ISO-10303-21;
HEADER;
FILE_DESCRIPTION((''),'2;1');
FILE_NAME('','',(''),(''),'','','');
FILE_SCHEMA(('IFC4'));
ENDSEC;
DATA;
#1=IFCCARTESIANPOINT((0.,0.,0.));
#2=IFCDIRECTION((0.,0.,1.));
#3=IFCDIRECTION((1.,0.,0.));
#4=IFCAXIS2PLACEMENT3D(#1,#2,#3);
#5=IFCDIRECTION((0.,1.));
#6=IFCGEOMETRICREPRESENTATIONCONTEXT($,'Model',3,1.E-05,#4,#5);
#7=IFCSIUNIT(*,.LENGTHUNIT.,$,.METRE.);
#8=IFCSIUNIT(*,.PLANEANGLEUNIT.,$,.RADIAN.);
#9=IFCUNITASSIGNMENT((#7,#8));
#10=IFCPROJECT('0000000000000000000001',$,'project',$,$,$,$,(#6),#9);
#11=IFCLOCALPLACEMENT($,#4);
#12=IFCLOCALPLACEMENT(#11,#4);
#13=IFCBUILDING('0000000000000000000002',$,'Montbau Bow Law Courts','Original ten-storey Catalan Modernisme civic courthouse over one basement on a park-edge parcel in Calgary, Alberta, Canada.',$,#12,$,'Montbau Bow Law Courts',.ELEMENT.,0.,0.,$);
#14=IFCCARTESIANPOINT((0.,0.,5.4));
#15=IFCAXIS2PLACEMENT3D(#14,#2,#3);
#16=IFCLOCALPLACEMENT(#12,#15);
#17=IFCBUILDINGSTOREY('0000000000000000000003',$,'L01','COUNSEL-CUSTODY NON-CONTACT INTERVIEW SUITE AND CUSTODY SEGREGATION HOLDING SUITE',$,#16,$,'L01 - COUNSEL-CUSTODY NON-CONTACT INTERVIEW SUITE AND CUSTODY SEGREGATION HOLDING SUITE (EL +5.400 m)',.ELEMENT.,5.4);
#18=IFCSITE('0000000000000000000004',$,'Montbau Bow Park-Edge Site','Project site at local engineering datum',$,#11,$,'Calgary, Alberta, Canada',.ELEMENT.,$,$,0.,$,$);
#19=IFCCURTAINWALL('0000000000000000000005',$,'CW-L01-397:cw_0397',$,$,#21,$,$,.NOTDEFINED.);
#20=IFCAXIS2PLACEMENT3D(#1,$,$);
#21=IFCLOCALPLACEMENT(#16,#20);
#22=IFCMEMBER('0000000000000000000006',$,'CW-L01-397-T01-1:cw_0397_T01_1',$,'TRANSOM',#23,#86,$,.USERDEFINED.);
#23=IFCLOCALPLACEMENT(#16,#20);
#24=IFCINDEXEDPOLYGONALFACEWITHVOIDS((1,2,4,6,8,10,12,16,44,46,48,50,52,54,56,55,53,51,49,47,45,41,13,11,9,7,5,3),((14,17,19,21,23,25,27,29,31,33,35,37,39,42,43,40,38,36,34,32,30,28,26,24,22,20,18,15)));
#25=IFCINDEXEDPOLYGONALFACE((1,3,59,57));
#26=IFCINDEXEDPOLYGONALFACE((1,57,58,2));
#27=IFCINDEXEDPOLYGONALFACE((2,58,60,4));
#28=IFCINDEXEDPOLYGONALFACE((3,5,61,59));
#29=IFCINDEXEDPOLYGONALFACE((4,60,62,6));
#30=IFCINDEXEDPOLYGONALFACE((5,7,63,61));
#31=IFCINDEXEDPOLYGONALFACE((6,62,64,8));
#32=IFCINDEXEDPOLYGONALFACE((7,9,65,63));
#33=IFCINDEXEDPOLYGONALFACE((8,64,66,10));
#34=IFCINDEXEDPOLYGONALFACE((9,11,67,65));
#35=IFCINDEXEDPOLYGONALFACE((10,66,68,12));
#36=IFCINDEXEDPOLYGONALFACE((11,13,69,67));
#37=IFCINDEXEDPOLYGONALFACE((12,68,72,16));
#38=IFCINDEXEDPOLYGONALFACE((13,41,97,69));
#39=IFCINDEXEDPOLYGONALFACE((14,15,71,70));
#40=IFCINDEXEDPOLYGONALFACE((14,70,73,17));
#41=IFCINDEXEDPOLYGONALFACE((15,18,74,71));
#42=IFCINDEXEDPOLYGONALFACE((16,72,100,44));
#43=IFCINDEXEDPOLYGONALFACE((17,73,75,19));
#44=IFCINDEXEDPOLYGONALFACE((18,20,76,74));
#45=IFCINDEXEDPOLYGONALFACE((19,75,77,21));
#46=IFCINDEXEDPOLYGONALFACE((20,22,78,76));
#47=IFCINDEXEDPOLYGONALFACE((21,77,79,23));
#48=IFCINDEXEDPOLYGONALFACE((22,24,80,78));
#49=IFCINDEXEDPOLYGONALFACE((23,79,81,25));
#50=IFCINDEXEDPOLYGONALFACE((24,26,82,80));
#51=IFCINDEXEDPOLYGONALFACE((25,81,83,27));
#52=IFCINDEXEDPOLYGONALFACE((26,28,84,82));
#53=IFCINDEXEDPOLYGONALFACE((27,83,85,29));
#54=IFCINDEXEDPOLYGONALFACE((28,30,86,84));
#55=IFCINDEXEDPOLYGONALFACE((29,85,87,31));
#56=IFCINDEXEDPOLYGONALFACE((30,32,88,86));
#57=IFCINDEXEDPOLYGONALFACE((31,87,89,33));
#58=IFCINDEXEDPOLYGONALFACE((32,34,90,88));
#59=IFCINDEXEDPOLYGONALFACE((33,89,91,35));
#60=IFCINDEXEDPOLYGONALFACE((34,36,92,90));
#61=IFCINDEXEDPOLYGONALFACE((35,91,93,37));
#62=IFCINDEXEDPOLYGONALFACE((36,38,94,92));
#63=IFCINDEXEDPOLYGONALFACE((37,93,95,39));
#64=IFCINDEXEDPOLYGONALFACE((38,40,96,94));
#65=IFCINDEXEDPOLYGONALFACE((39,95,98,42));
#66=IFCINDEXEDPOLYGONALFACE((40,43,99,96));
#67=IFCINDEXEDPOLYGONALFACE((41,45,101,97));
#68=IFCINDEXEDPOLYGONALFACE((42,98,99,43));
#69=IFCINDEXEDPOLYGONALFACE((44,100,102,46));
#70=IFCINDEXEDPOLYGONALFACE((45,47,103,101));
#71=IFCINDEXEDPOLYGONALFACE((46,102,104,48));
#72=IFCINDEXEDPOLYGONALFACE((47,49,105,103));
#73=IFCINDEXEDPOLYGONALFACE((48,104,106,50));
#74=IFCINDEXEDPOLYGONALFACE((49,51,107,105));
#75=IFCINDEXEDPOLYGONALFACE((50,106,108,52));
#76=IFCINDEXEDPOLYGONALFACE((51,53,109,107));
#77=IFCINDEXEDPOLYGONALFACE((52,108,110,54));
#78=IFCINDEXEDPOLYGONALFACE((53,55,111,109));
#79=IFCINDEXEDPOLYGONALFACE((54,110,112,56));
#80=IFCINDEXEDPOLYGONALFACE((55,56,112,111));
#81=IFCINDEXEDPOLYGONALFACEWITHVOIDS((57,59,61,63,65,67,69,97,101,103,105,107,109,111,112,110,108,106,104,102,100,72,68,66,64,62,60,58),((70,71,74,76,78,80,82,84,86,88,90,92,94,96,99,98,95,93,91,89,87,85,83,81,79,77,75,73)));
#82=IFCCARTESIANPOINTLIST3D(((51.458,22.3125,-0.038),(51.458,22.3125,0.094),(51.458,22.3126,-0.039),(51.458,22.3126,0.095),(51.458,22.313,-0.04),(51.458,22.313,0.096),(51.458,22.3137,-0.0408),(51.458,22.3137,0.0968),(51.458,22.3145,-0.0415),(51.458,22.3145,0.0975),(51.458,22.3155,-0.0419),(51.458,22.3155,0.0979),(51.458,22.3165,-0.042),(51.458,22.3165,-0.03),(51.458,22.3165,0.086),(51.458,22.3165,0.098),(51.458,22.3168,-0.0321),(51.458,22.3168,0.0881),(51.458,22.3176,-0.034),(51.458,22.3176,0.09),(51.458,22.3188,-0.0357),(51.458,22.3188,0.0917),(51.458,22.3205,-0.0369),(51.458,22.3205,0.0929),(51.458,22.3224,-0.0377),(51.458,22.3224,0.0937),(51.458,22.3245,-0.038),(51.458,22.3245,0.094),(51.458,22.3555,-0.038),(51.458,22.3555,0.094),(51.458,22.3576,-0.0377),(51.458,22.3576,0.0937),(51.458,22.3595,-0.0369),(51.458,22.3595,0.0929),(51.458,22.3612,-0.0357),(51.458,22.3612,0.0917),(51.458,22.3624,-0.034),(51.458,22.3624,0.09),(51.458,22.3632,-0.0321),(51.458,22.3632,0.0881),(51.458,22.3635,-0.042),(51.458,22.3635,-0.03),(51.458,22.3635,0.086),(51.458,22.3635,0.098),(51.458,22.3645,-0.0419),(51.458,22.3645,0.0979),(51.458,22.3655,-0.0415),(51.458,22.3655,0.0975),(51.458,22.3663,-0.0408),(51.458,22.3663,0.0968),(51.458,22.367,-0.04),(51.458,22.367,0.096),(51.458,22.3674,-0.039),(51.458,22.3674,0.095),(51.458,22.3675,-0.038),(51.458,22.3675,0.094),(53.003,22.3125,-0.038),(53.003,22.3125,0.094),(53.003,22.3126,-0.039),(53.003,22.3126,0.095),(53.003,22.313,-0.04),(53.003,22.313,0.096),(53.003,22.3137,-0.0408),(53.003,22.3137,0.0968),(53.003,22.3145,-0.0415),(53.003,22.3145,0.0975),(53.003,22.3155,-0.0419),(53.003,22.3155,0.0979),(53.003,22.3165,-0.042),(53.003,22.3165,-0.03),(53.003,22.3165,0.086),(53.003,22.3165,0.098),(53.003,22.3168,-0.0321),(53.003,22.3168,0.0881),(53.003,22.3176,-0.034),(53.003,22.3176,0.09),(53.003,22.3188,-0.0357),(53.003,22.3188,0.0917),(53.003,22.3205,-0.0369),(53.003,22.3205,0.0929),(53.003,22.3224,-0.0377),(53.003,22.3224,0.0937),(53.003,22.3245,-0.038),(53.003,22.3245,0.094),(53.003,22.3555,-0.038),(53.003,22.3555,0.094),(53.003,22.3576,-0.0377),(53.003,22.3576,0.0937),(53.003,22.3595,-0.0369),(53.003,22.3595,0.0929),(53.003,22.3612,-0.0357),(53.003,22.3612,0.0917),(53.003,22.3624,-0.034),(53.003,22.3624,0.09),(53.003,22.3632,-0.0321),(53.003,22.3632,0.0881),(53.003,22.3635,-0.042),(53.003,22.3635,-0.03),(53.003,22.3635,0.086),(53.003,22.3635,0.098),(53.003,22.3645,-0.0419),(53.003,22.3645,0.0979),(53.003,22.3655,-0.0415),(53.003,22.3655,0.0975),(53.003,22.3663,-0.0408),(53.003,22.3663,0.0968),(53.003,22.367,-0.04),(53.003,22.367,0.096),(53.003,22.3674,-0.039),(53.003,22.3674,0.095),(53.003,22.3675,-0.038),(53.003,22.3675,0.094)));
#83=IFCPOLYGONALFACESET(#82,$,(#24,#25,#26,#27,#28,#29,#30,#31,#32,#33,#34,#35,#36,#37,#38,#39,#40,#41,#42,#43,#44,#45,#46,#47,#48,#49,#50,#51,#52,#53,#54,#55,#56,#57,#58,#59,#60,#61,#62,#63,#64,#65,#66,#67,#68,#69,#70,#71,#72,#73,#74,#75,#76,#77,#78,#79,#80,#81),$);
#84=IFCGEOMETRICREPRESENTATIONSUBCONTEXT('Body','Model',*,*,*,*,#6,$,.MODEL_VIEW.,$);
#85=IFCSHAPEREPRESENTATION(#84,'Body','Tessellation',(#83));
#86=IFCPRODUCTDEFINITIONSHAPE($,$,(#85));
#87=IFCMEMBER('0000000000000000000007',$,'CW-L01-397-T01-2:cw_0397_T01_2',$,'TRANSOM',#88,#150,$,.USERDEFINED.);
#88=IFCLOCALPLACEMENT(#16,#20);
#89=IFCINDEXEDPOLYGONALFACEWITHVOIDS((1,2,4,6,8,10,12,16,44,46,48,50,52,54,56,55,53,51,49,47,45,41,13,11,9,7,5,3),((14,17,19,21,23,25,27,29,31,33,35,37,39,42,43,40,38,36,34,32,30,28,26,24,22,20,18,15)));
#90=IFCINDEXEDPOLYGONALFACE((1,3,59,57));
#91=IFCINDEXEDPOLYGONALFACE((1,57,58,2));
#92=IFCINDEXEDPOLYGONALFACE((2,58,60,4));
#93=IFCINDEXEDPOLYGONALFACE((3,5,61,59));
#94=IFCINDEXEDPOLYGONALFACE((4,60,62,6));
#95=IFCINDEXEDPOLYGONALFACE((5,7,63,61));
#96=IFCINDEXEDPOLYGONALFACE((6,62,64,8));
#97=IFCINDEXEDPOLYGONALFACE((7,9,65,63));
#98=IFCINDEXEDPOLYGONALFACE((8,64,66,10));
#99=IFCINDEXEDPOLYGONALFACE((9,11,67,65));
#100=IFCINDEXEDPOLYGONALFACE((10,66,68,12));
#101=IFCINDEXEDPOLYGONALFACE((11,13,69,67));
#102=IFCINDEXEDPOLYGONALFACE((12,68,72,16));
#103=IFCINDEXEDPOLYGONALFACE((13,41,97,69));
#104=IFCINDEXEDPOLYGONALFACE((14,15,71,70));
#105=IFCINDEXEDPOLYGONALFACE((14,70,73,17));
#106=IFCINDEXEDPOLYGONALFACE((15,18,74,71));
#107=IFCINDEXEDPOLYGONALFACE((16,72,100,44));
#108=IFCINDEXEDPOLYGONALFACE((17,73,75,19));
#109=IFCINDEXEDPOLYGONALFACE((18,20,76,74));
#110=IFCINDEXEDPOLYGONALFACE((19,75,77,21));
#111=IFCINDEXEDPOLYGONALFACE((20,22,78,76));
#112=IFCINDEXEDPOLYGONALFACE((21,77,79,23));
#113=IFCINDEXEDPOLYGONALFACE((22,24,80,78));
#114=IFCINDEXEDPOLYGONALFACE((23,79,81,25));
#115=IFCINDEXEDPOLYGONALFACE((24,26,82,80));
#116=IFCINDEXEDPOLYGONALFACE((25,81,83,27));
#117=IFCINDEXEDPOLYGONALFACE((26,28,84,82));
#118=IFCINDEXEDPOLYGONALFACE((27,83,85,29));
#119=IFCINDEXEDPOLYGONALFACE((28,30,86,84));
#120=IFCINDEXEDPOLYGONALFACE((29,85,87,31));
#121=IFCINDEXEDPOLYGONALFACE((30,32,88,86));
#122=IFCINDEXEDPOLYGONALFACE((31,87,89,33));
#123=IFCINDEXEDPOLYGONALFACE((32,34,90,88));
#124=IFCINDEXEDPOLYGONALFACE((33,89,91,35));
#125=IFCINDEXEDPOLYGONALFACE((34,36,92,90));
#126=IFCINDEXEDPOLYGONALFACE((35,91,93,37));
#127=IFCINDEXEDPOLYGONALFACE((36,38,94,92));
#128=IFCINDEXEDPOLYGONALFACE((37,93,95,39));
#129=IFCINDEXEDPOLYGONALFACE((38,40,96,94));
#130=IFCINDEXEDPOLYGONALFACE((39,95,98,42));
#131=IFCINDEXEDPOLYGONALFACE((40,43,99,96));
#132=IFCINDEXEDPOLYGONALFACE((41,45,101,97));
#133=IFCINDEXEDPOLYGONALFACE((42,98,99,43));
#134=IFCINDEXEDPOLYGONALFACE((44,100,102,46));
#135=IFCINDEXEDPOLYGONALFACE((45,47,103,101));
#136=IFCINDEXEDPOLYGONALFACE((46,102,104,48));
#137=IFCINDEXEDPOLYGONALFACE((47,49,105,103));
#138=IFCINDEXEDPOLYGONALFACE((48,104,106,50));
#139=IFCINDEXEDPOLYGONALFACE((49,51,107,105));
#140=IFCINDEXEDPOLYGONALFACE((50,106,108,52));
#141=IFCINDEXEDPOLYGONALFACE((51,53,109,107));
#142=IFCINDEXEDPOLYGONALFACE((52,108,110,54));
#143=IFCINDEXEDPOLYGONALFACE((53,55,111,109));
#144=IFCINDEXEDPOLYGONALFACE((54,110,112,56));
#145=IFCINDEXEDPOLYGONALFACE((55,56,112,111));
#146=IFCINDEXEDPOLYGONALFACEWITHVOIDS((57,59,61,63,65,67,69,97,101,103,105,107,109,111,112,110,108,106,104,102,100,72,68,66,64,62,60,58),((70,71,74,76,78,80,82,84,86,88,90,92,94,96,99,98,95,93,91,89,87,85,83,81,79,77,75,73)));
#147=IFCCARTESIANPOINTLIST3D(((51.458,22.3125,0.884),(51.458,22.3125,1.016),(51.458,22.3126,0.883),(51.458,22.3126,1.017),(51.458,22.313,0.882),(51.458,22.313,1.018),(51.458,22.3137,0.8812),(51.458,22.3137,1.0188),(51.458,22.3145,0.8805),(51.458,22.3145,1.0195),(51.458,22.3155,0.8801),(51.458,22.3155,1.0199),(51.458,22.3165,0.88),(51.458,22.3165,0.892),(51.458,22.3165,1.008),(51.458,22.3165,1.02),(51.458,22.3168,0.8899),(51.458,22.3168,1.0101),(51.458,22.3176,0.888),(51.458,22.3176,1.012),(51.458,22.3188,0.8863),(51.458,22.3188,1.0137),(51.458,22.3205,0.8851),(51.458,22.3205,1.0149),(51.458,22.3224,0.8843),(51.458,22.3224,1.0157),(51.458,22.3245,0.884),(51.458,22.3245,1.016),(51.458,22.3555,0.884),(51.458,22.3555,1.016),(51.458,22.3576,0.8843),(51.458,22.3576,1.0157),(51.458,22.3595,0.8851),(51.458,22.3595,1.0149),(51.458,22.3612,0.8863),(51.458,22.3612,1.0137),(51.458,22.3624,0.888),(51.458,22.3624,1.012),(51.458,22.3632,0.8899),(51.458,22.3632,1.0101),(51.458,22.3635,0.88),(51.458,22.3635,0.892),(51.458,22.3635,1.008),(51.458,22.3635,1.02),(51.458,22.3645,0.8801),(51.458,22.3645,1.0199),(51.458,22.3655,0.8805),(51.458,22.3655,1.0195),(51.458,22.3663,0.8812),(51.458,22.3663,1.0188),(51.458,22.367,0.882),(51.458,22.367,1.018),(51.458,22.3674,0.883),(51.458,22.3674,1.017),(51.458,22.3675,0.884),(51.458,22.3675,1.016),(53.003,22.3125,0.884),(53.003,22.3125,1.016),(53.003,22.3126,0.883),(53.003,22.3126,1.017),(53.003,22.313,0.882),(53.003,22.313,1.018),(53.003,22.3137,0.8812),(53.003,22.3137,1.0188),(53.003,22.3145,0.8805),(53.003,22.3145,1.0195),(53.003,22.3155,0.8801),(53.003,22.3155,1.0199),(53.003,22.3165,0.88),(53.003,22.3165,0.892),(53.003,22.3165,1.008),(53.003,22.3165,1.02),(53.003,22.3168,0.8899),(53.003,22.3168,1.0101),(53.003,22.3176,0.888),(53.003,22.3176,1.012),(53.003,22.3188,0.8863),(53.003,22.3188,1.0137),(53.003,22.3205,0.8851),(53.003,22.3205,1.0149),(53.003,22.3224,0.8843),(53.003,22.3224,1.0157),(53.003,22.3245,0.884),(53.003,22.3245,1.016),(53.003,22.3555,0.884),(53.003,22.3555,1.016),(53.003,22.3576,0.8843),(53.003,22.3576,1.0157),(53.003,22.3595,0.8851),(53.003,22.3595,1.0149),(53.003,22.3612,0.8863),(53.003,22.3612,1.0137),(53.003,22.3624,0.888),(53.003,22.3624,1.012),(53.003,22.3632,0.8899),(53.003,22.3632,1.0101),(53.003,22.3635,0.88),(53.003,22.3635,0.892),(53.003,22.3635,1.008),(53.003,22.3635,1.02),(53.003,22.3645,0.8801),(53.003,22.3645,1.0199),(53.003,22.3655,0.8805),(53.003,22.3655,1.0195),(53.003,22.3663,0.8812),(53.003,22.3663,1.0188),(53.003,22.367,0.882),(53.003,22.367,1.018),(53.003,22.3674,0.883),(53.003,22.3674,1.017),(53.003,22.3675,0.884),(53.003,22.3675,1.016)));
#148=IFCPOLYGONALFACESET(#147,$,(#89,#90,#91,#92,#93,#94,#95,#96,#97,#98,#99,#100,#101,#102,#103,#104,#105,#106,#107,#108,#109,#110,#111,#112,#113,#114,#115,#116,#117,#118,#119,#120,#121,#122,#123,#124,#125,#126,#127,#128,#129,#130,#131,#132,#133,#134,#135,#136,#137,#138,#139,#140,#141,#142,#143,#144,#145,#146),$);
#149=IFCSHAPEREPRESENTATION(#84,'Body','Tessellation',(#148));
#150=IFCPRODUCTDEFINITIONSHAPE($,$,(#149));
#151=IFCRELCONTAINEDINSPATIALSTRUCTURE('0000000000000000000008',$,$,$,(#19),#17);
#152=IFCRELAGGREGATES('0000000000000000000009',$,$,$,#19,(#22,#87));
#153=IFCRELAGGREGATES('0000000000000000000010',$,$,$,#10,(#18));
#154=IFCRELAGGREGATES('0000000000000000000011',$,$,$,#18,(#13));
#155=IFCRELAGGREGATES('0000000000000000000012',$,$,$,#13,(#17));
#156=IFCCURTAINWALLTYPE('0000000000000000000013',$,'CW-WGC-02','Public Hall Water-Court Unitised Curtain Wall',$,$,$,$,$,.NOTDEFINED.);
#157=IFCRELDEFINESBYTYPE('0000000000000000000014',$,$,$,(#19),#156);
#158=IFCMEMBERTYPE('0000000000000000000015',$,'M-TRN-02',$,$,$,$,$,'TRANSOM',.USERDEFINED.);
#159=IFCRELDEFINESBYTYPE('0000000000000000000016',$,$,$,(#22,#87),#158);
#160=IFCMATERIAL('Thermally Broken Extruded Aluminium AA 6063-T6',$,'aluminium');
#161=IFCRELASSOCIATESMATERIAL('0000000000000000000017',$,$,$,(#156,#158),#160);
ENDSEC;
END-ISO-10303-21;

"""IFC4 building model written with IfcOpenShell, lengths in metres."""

from ifc_helpers import new_model, si_unit, direction, frame, origin_with_axes, origin_2d_with_axis, place, context, subcontext, project, spatial, hollow_rectangle, extrude, material, material_profile, profile_set, type_object, element, aggregate, save


model = new_model("IFC4")

# Units and contexts
model_context = context("Model", 3, precision=1e-05, world=origin_with_axes(), true_north=direction((0.0, 1.0)))
body_context = subcontext(model_context, "Body", "Model", "MODEL_VIEW")
ifc_project = project(units=[si_unit("LENGTHUNIT", "METRE"), si_unit("PLANEANGLEUNIT", "RADIAN")], contexts=[model_context])

# Site, building, storey
site_placement = place(None, origin_with_axes())
site = spatial("IfcSite", under=ifc_project, at=site_placement, Name="Montbau Bow Park-Edge Site", Description="Project site at local engineering datum", LongName="Calgary, Alberta, Canada", CompositionType="ELEMENT", RefElevation=0.0)
building_placement = place(site_placement, origin_with_axes())
building = spatial("IfcBuilding", under=site, at=building_placement, Name="Montbau Bow Law Courts", Description="Original ten-storey Catalan Modernisme civic courthouse over one basement on a park-edge parcel in Calgary, Alberta, Canada.", LongName="Montbau Bow Law Courts", CompositionType="ELEMENT", ElevationOfRefHeight=0.0, ElevationOfTerrain=0.0)
storey_placement = place(building_placement, frame((0.0, 0.0, 5.4), z_axis=(0.0, 0.0, 1.0), x_axis=(1.0, 0.0, 0.0)))
storey = spatial("IfcBuildingStorey", under=building, at=storey_placement, Name="L01", Description="COUNSEL-CUSTODY NON-CONTACT INTERVIEW SUITE AND CUSTODY SEGREGATION HOLDING SUITE", LongName="L01 - COUNSEL-CUSTODY NON-CONTACT INTERVIEW SUITE AND CUSTODY SEGREGATION HOLDING SUITE (EL +5.400 m)", CompositionType="ELEMENT", Elevation=5.4)

# Curtain wall
ifc_material_1 = material(Name="Thermally Broken Extruded Aluminium AA 6063-T6", Category="aluminium")
curtain_wall_type = type_object("IfcCurtainWallType", Name="CW-WGC-02", Description="Public Hall Water-Court Unitised Curtain Wall", PredefinedType="NOTDEFINED", material=ifc_material_1)
curtain_wall_1_placement = place(None, frame((51.39, 22.34, 5.4), z_axis=(0.0, 0.0, 1.0), x_axis=(1.0, 0.0, 0.0)))
curtain_wall_1 = element("IfcCurtainWall", 1, at=curtain_wall_1_placement, inside=storey, type_object=curtain_wall_type, Name="CW-L01-397:cw_0397", PredefinedType="NOTDEFINED")

# Members
ifc_material_profile_1 = material_profile(ifc_material_1, hollow_rectangle(XDim=0.055, YDim=0.14, WallThickness=0.004, InnerFilletRadius=0.008, OuterFilletRadius=0.004, at=origin_2d_with_axis()), Name="CWT-140X55", Category="Main", Priority=0)
ifc_profile_set_1 = profile_set([ifc_material_profile_1], Name="Thermally Broken Extruded Aluminium AA 6063-T6")
member_type_1 = type_object("IfcMemberType", Name="M-TRN-02", ElementType="TRANSOM", PredefinedType="USERDEFINED", material=ifc_profile_set_1)
member_1_placement = place(None, frame((51.458, 22.34, 5.428), z_axis=(1.0, 0.0, 0.0), x_axis=(0.0, 1.0, 0.0)))
member_1 = element("IfcMember", 2, at=member_1_placement, type_object=member_type_1, Name="CW-L01-397-T01-1:cw_0397_T01_1", ObjectType="TRANSOM", PredefinedType="USERDEFINED", context=body_context, shape_type="SweptSolid", body=[
    extrude(hollow_rectangle(XDim=0.055, YDim=0.14, WallThickness=0.004, InnerFilletRadius=0.008, OuterFilletRadius=0.004, at=origin_2d_with_axis()), origin_with_axes(), (0.0, 0.0, 1.0), 1.545),
])
member_2_placement = place(None, frame((51.458, 22.34, 6.35), z_axis=(1.0, 0.0, 0.0), x_axis=(0.0, 1.0, 0.0)))
member_2 = element("IfcMember", 3, at=member_2_placement, type_object=member_type_1, Name="CW-L01-397-T01-2:cw_0397_T01_2", ObjectType="TRANSOM", PredefinedType="USERDEFINED", context=body_context, shape_type="SweptSolid", body=[
    extrude(hollow_rectangle(XDim=0.055, YDim=0.14, WallThickness=0.004, InnerFilletRadius=0.008, OuterFilletRadius=0.004, at=origin_2d_with_axis()), origin_with_axes(), (0.0, 0.0, 1.0), 1.545),
])

aggregate(curtain_wall_1, [member_1, member_2])

save(model, "model.ifc")
